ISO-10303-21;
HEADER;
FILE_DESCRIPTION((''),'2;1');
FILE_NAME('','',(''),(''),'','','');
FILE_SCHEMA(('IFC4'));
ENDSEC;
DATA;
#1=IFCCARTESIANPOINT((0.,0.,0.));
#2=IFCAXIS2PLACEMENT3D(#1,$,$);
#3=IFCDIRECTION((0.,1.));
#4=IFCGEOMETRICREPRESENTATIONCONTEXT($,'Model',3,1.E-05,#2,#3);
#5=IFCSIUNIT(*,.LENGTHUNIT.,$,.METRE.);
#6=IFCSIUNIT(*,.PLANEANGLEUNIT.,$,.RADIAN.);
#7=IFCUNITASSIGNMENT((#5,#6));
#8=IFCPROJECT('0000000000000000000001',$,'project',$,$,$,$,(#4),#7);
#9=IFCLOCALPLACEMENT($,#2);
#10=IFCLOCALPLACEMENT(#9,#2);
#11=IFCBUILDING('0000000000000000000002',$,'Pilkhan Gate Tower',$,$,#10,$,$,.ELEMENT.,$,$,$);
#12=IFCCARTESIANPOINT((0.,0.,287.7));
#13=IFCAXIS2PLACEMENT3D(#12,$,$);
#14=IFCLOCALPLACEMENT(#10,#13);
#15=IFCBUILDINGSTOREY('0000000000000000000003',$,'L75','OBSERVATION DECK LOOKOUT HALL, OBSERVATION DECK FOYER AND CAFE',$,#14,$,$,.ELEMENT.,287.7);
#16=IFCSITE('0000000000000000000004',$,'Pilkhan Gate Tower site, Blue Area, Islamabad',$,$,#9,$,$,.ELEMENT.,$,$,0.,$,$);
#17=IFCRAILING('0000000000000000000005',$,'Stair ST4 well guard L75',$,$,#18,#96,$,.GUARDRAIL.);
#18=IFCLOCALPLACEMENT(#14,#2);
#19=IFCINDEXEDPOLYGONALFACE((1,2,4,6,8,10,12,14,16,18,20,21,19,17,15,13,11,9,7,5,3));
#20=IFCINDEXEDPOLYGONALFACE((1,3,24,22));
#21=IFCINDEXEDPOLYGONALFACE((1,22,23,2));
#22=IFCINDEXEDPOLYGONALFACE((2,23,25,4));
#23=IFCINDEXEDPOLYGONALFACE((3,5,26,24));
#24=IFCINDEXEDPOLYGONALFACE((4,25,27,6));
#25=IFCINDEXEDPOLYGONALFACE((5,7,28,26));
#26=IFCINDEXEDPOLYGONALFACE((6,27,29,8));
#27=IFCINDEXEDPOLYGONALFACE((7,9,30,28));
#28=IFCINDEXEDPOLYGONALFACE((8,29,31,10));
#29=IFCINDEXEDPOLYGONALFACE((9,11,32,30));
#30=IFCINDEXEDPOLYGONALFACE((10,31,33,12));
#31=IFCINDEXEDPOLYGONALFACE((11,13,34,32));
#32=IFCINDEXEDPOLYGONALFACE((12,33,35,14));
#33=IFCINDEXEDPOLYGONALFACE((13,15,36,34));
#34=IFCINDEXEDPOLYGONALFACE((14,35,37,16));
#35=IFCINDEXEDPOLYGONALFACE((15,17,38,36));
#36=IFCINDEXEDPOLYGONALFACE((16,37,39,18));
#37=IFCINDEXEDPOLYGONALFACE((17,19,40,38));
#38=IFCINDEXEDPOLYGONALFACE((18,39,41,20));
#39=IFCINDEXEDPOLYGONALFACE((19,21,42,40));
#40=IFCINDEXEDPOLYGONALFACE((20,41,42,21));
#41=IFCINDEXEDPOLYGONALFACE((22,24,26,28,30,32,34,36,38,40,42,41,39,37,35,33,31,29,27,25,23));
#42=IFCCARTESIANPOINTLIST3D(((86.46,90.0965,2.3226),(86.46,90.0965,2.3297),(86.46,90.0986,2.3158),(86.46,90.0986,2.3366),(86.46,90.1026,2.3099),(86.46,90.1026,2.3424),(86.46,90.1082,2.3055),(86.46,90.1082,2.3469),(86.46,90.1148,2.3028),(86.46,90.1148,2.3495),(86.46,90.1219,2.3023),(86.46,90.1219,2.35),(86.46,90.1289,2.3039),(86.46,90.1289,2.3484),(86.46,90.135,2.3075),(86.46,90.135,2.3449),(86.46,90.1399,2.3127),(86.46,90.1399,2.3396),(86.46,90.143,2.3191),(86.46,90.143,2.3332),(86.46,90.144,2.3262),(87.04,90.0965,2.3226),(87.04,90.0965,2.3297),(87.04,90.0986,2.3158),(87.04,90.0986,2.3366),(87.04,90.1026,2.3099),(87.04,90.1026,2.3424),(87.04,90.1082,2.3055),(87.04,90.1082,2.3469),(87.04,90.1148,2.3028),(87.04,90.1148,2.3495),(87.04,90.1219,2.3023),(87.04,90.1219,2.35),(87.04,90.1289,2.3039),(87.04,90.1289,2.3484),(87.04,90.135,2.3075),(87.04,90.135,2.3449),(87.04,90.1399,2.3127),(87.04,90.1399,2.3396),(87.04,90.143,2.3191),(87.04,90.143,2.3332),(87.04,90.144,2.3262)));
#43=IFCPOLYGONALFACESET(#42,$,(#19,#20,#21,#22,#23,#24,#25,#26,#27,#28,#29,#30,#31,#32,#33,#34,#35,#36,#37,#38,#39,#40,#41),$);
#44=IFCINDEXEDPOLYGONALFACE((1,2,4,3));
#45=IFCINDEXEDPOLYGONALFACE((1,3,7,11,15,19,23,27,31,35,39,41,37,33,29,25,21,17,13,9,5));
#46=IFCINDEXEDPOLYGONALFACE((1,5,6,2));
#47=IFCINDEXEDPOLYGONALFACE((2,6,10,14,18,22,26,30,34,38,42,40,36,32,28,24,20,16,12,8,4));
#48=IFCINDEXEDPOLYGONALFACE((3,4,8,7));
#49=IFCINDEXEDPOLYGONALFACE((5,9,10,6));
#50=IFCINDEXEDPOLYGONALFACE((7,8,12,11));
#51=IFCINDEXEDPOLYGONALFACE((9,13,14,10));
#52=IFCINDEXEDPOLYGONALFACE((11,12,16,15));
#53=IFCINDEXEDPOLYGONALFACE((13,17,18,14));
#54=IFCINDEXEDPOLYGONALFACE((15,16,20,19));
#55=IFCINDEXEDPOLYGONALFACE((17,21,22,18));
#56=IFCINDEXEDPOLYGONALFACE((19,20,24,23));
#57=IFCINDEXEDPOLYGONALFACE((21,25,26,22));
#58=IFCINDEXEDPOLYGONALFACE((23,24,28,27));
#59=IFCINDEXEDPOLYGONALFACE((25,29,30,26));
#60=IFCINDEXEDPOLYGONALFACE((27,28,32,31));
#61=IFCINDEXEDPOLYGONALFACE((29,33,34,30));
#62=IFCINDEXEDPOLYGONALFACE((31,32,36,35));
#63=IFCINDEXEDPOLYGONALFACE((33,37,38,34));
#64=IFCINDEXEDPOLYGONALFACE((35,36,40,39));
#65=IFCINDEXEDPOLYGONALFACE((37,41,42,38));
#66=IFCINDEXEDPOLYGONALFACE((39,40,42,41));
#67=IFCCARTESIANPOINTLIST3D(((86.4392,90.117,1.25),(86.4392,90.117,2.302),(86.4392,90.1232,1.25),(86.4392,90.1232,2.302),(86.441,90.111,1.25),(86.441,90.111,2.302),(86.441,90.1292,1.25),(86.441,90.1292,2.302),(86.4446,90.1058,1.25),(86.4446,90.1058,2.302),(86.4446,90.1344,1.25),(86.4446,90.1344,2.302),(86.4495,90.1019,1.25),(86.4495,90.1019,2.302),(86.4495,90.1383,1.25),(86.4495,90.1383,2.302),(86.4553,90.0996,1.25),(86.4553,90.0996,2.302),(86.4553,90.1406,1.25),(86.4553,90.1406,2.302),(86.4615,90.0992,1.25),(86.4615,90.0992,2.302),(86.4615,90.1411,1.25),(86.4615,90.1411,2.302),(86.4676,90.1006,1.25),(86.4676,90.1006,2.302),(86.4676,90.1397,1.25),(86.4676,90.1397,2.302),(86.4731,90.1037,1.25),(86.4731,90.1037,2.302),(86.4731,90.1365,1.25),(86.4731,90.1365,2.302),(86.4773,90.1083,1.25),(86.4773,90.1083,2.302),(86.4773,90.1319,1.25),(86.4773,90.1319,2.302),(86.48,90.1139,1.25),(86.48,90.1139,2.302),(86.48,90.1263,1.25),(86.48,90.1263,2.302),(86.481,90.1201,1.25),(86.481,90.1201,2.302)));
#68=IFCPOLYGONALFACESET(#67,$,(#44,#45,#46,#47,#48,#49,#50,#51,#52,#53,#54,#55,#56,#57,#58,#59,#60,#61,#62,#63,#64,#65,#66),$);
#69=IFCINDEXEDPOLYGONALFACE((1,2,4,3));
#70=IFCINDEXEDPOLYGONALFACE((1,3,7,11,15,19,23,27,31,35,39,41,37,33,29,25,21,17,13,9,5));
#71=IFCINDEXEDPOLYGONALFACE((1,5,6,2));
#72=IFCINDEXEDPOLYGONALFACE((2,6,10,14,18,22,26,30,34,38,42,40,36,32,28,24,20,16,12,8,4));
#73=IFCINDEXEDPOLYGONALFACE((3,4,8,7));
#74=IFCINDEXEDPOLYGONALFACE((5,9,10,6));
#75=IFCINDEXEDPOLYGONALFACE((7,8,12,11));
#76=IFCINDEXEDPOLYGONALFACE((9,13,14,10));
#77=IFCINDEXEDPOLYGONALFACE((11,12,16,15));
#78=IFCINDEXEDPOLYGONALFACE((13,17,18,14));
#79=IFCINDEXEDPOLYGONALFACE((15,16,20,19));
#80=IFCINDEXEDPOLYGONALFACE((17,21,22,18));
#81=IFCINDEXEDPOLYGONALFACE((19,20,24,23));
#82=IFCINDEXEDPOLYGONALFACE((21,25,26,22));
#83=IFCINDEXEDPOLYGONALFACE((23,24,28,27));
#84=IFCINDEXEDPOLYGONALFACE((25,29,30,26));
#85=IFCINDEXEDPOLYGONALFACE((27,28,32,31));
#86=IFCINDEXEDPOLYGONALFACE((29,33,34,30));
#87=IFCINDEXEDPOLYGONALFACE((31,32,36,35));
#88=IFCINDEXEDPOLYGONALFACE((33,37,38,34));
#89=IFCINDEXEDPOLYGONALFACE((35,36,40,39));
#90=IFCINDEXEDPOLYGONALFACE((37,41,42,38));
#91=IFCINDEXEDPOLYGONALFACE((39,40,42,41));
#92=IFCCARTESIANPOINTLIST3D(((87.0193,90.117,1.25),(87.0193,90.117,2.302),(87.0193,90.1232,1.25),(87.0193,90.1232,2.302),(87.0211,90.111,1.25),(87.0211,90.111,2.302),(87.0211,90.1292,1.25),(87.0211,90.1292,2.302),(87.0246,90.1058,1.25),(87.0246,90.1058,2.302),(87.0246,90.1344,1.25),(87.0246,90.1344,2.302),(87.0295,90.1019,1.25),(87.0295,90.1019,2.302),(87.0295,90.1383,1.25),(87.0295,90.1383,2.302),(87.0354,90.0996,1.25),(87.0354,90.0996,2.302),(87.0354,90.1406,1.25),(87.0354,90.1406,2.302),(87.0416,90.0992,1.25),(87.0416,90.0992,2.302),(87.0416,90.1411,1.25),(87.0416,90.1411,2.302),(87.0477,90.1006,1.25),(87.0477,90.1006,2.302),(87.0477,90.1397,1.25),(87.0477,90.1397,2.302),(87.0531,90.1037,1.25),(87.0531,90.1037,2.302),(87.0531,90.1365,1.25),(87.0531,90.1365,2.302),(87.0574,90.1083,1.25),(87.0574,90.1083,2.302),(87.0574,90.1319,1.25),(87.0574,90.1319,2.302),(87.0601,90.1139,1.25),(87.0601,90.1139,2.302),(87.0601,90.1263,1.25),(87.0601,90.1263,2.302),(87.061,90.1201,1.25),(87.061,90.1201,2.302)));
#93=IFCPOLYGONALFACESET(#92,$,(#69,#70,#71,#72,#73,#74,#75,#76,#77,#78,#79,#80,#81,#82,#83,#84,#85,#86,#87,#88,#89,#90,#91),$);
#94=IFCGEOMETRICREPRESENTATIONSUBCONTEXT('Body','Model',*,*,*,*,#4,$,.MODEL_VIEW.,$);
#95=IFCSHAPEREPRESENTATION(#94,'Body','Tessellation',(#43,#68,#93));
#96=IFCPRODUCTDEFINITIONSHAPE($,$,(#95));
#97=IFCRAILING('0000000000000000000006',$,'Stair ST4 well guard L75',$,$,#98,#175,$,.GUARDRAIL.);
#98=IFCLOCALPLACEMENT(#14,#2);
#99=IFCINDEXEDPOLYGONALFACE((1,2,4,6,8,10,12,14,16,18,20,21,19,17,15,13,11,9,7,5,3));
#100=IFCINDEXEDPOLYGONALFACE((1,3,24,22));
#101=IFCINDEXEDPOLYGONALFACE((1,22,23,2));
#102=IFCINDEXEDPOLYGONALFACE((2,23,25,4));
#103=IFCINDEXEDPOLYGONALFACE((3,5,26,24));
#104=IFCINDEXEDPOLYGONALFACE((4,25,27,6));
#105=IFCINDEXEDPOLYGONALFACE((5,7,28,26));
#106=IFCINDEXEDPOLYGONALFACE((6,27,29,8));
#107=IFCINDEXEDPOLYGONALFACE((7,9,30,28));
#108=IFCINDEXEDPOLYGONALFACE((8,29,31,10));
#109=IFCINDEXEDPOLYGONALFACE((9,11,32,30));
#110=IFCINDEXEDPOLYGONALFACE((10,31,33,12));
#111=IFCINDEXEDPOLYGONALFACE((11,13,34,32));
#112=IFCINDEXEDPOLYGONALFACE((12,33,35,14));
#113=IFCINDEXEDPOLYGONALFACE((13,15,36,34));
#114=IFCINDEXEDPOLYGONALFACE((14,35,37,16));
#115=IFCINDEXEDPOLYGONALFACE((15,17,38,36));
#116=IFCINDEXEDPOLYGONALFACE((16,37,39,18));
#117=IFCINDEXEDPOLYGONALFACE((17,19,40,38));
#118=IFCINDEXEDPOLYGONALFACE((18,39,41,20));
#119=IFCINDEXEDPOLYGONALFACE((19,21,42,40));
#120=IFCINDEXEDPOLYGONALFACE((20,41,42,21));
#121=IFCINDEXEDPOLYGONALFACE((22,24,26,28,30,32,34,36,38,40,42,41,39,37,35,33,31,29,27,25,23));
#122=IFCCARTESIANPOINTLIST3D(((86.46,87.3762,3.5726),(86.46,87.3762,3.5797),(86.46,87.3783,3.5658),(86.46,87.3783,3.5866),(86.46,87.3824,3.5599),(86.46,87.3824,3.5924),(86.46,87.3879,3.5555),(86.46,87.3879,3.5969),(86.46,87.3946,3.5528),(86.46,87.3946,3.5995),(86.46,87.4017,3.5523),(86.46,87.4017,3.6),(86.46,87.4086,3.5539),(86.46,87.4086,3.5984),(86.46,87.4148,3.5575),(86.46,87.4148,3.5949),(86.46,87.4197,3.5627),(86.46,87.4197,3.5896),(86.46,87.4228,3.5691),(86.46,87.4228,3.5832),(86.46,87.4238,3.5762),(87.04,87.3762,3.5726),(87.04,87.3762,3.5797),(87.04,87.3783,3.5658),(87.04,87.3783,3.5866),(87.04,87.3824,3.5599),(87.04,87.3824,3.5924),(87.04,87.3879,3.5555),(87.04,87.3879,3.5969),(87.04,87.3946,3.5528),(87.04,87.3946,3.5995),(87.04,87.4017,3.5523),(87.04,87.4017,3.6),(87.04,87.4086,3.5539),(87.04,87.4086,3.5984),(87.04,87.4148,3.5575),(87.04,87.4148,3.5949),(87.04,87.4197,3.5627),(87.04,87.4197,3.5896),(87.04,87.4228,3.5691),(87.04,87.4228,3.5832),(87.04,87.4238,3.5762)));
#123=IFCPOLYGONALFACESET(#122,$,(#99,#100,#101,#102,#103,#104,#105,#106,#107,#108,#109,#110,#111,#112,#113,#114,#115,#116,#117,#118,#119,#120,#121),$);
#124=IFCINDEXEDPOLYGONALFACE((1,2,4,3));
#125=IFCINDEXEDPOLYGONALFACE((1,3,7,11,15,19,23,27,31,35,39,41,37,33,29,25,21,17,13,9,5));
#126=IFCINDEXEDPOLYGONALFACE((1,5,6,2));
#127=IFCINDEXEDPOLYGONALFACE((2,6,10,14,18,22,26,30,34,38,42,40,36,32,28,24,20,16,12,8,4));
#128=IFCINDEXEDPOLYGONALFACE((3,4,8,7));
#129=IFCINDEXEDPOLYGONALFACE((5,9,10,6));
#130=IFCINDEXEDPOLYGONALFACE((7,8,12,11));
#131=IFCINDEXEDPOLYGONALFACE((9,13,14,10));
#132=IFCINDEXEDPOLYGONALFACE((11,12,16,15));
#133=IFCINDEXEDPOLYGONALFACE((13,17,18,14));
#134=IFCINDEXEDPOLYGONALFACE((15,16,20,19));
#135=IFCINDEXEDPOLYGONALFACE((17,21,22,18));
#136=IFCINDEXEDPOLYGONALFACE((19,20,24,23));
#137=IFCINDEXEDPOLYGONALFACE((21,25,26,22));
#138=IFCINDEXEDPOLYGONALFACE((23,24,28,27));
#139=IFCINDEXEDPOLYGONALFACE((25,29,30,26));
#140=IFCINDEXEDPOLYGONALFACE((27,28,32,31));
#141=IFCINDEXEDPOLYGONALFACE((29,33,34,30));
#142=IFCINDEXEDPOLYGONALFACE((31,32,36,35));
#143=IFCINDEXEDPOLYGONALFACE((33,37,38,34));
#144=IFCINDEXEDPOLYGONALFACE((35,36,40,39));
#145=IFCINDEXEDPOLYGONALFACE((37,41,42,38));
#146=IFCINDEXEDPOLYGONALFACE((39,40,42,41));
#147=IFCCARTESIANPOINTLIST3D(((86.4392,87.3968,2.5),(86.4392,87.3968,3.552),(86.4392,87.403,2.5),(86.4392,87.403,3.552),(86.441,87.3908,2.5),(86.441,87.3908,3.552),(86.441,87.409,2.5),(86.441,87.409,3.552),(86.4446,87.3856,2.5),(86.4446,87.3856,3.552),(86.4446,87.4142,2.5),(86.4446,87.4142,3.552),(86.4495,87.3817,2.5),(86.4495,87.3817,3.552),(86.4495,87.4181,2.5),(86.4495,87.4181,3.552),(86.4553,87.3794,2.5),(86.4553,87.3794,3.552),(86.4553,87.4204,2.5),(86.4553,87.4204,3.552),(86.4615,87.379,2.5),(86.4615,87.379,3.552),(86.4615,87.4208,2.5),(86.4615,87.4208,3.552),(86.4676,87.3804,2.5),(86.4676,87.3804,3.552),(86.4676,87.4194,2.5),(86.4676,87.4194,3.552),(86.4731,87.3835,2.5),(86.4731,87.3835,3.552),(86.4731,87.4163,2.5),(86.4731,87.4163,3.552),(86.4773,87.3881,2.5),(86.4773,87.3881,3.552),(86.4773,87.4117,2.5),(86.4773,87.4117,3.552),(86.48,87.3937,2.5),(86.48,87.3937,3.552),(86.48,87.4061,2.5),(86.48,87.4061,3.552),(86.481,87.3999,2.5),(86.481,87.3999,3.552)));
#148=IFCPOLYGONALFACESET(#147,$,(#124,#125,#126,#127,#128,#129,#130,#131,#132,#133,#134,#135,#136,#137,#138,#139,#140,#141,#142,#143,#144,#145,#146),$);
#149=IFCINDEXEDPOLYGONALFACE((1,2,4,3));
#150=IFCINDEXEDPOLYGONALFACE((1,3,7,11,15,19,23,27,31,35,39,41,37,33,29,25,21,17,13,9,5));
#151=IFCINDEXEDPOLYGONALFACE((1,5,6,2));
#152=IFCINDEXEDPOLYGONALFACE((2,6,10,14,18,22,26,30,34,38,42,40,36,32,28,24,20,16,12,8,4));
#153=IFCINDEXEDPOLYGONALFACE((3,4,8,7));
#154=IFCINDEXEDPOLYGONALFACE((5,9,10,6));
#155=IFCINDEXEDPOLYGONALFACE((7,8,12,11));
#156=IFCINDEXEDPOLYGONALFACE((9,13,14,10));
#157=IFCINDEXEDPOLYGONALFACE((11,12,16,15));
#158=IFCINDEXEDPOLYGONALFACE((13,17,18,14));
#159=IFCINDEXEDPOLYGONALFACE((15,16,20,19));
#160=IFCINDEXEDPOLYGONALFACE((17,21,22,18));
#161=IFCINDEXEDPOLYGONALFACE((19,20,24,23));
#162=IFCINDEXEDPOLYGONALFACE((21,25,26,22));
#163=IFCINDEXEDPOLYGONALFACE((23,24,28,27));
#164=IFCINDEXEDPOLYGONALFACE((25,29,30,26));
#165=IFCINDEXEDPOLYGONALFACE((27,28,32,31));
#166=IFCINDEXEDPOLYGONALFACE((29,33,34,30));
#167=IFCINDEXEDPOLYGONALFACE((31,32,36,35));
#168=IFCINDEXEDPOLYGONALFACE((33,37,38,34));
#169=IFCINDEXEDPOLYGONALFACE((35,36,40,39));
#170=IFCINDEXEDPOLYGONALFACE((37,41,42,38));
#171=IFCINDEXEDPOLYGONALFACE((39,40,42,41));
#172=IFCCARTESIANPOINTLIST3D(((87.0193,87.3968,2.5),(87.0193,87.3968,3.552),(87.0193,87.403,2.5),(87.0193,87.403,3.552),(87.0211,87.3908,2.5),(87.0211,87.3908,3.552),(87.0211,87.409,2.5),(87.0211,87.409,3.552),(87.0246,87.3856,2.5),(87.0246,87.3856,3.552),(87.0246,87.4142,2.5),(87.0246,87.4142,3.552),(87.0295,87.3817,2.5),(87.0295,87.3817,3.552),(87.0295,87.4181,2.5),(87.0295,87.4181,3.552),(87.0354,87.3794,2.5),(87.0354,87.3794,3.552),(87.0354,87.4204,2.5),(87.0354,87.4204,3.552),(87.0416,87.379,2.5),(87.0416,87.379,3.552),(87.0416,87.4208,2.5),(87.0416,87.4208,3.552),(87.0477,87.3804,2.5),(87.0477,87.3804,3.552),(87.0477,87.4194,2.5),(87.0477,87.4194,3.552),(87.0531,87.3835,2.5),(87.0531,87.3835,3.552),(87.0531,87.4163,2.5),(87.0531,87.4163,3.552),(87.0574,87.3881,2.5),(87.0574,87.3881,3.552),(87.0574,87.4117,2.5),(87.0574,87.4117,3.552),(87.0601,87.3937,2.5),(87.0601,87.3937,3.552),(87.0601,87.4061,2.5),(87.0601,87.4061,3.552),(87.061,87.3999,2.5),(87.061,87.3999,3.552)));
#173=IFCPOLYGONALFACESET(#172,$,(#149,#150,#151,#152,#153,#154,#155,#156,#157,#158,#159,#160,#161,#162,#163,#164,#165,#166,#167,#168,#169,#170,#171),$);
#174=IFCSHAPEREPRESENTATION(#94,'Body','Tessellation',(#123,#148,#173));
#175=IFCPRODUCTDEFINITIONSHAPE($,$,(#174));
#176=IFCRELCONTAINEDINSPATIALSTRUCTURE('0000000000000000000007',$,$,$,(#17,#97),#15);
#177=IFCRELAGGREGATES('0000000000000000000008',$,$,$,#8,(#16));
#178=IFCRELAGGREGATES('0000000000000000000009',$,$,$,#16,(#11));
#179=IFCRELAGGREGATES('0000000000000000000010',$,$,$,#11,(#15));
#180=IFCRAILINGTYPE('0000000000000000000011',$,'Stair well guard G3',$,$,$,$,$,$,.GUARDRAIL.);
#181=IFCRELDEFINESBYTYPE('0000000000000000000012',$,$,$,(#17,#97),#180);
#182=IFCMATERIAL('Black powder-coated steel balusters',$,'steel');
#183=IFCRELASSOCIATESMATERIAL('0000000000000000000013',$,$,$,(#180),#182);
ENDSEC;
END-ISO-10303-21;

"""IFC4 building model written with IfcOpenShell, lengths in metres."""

from ifc_helpers import new_model, si_unit, direction, frame, origin, origin_2d, place, context, subcontext, project, spatial, circle, extrude, material, type_object, element, save


model = new_model("IFC4")

# Units and contexts
model_context = context("Model", 3, precision=1e-05, world=origin(), true_north=direction((0.0, 1.0)))
body_context = subcontext(model_context, "Body", "Model", "MODEL_VIEW")
ifc_project = project(units=[si_unit("LENGTHUNIT", "METRE"), si_unit("PLANEANGLEUNIT", "RADIAN")], contexts=[model_context])

# Site, building, storey
site_placement = place(None, origin())
site = spatial("IfcSite", under=ifc_project, at=site_placement, Name="Pilkhan Gate Tower site, Blue Area, Islamabad", CompositionType="ELEMENT", RefElevation=0.0)
building_placement = place(site_placement, origin())
building = spatial("IfcBuilding", under=site, at=building_placement, Name="Pilkhan Gate Tower", CompositionType="ELEMENT")
storey_placement = place(building_placement, frame((0.0, 0.0, 287.7)))
storey = spatial("IfcBuildingStorey", under=building, at=storey_placement, Name="L75", Description="OBSERVATION DECK LOOKOUT HALL, OBSERVATION DECK FOYER AND CAFE", CompositionType="ELEMENT", Elevation=287.7)

# Railings
ifc_material_1 = material(Name="Black powder-coated steel balusters", Category="steel")
railing_type_1 = type_object("IfcRailingType", Name="Stair well guard G3", PredefinedType="GUARDRAIL", material=ifc_material_1)
for number, where, name in (
    (1, (86.46, 90.1201, 1.25), "Stair ST4 well guard L75"),
    (2, (86.46, 87.3999, 2.5), "Stair ST4 well guard L75"),
):
    element("IfcRailing", number, at=place(storey_placement, frame(where)), inside=storey, type_object=railing_type_1, Name=name, PredefinedType="GUARDRAIL", context=body_context, shape_type="SweptSolid", body=[
        extrude(circle(Radius=0.0239, at=origin_2d()), frame((0.0, 0.0, 1.0762), z_axis=(1.0, 0.0, 0.0), x_axis=(0.0, 1.0, 0.0)), (0.0, 0.0, 1.0), 0.5801),
        extrude(circle(Radius=0.021, at=origin_2d()), origin(), (0.0, 0.0, 1.0), 1.052),
        extrude(circle(Radius=0.021, at=origin_2d()), frame((0.5801, 0.0, 0.0)), (0.0, 0.0, 1.0), 1.052),
    ])

save(model, "model.ifc")
